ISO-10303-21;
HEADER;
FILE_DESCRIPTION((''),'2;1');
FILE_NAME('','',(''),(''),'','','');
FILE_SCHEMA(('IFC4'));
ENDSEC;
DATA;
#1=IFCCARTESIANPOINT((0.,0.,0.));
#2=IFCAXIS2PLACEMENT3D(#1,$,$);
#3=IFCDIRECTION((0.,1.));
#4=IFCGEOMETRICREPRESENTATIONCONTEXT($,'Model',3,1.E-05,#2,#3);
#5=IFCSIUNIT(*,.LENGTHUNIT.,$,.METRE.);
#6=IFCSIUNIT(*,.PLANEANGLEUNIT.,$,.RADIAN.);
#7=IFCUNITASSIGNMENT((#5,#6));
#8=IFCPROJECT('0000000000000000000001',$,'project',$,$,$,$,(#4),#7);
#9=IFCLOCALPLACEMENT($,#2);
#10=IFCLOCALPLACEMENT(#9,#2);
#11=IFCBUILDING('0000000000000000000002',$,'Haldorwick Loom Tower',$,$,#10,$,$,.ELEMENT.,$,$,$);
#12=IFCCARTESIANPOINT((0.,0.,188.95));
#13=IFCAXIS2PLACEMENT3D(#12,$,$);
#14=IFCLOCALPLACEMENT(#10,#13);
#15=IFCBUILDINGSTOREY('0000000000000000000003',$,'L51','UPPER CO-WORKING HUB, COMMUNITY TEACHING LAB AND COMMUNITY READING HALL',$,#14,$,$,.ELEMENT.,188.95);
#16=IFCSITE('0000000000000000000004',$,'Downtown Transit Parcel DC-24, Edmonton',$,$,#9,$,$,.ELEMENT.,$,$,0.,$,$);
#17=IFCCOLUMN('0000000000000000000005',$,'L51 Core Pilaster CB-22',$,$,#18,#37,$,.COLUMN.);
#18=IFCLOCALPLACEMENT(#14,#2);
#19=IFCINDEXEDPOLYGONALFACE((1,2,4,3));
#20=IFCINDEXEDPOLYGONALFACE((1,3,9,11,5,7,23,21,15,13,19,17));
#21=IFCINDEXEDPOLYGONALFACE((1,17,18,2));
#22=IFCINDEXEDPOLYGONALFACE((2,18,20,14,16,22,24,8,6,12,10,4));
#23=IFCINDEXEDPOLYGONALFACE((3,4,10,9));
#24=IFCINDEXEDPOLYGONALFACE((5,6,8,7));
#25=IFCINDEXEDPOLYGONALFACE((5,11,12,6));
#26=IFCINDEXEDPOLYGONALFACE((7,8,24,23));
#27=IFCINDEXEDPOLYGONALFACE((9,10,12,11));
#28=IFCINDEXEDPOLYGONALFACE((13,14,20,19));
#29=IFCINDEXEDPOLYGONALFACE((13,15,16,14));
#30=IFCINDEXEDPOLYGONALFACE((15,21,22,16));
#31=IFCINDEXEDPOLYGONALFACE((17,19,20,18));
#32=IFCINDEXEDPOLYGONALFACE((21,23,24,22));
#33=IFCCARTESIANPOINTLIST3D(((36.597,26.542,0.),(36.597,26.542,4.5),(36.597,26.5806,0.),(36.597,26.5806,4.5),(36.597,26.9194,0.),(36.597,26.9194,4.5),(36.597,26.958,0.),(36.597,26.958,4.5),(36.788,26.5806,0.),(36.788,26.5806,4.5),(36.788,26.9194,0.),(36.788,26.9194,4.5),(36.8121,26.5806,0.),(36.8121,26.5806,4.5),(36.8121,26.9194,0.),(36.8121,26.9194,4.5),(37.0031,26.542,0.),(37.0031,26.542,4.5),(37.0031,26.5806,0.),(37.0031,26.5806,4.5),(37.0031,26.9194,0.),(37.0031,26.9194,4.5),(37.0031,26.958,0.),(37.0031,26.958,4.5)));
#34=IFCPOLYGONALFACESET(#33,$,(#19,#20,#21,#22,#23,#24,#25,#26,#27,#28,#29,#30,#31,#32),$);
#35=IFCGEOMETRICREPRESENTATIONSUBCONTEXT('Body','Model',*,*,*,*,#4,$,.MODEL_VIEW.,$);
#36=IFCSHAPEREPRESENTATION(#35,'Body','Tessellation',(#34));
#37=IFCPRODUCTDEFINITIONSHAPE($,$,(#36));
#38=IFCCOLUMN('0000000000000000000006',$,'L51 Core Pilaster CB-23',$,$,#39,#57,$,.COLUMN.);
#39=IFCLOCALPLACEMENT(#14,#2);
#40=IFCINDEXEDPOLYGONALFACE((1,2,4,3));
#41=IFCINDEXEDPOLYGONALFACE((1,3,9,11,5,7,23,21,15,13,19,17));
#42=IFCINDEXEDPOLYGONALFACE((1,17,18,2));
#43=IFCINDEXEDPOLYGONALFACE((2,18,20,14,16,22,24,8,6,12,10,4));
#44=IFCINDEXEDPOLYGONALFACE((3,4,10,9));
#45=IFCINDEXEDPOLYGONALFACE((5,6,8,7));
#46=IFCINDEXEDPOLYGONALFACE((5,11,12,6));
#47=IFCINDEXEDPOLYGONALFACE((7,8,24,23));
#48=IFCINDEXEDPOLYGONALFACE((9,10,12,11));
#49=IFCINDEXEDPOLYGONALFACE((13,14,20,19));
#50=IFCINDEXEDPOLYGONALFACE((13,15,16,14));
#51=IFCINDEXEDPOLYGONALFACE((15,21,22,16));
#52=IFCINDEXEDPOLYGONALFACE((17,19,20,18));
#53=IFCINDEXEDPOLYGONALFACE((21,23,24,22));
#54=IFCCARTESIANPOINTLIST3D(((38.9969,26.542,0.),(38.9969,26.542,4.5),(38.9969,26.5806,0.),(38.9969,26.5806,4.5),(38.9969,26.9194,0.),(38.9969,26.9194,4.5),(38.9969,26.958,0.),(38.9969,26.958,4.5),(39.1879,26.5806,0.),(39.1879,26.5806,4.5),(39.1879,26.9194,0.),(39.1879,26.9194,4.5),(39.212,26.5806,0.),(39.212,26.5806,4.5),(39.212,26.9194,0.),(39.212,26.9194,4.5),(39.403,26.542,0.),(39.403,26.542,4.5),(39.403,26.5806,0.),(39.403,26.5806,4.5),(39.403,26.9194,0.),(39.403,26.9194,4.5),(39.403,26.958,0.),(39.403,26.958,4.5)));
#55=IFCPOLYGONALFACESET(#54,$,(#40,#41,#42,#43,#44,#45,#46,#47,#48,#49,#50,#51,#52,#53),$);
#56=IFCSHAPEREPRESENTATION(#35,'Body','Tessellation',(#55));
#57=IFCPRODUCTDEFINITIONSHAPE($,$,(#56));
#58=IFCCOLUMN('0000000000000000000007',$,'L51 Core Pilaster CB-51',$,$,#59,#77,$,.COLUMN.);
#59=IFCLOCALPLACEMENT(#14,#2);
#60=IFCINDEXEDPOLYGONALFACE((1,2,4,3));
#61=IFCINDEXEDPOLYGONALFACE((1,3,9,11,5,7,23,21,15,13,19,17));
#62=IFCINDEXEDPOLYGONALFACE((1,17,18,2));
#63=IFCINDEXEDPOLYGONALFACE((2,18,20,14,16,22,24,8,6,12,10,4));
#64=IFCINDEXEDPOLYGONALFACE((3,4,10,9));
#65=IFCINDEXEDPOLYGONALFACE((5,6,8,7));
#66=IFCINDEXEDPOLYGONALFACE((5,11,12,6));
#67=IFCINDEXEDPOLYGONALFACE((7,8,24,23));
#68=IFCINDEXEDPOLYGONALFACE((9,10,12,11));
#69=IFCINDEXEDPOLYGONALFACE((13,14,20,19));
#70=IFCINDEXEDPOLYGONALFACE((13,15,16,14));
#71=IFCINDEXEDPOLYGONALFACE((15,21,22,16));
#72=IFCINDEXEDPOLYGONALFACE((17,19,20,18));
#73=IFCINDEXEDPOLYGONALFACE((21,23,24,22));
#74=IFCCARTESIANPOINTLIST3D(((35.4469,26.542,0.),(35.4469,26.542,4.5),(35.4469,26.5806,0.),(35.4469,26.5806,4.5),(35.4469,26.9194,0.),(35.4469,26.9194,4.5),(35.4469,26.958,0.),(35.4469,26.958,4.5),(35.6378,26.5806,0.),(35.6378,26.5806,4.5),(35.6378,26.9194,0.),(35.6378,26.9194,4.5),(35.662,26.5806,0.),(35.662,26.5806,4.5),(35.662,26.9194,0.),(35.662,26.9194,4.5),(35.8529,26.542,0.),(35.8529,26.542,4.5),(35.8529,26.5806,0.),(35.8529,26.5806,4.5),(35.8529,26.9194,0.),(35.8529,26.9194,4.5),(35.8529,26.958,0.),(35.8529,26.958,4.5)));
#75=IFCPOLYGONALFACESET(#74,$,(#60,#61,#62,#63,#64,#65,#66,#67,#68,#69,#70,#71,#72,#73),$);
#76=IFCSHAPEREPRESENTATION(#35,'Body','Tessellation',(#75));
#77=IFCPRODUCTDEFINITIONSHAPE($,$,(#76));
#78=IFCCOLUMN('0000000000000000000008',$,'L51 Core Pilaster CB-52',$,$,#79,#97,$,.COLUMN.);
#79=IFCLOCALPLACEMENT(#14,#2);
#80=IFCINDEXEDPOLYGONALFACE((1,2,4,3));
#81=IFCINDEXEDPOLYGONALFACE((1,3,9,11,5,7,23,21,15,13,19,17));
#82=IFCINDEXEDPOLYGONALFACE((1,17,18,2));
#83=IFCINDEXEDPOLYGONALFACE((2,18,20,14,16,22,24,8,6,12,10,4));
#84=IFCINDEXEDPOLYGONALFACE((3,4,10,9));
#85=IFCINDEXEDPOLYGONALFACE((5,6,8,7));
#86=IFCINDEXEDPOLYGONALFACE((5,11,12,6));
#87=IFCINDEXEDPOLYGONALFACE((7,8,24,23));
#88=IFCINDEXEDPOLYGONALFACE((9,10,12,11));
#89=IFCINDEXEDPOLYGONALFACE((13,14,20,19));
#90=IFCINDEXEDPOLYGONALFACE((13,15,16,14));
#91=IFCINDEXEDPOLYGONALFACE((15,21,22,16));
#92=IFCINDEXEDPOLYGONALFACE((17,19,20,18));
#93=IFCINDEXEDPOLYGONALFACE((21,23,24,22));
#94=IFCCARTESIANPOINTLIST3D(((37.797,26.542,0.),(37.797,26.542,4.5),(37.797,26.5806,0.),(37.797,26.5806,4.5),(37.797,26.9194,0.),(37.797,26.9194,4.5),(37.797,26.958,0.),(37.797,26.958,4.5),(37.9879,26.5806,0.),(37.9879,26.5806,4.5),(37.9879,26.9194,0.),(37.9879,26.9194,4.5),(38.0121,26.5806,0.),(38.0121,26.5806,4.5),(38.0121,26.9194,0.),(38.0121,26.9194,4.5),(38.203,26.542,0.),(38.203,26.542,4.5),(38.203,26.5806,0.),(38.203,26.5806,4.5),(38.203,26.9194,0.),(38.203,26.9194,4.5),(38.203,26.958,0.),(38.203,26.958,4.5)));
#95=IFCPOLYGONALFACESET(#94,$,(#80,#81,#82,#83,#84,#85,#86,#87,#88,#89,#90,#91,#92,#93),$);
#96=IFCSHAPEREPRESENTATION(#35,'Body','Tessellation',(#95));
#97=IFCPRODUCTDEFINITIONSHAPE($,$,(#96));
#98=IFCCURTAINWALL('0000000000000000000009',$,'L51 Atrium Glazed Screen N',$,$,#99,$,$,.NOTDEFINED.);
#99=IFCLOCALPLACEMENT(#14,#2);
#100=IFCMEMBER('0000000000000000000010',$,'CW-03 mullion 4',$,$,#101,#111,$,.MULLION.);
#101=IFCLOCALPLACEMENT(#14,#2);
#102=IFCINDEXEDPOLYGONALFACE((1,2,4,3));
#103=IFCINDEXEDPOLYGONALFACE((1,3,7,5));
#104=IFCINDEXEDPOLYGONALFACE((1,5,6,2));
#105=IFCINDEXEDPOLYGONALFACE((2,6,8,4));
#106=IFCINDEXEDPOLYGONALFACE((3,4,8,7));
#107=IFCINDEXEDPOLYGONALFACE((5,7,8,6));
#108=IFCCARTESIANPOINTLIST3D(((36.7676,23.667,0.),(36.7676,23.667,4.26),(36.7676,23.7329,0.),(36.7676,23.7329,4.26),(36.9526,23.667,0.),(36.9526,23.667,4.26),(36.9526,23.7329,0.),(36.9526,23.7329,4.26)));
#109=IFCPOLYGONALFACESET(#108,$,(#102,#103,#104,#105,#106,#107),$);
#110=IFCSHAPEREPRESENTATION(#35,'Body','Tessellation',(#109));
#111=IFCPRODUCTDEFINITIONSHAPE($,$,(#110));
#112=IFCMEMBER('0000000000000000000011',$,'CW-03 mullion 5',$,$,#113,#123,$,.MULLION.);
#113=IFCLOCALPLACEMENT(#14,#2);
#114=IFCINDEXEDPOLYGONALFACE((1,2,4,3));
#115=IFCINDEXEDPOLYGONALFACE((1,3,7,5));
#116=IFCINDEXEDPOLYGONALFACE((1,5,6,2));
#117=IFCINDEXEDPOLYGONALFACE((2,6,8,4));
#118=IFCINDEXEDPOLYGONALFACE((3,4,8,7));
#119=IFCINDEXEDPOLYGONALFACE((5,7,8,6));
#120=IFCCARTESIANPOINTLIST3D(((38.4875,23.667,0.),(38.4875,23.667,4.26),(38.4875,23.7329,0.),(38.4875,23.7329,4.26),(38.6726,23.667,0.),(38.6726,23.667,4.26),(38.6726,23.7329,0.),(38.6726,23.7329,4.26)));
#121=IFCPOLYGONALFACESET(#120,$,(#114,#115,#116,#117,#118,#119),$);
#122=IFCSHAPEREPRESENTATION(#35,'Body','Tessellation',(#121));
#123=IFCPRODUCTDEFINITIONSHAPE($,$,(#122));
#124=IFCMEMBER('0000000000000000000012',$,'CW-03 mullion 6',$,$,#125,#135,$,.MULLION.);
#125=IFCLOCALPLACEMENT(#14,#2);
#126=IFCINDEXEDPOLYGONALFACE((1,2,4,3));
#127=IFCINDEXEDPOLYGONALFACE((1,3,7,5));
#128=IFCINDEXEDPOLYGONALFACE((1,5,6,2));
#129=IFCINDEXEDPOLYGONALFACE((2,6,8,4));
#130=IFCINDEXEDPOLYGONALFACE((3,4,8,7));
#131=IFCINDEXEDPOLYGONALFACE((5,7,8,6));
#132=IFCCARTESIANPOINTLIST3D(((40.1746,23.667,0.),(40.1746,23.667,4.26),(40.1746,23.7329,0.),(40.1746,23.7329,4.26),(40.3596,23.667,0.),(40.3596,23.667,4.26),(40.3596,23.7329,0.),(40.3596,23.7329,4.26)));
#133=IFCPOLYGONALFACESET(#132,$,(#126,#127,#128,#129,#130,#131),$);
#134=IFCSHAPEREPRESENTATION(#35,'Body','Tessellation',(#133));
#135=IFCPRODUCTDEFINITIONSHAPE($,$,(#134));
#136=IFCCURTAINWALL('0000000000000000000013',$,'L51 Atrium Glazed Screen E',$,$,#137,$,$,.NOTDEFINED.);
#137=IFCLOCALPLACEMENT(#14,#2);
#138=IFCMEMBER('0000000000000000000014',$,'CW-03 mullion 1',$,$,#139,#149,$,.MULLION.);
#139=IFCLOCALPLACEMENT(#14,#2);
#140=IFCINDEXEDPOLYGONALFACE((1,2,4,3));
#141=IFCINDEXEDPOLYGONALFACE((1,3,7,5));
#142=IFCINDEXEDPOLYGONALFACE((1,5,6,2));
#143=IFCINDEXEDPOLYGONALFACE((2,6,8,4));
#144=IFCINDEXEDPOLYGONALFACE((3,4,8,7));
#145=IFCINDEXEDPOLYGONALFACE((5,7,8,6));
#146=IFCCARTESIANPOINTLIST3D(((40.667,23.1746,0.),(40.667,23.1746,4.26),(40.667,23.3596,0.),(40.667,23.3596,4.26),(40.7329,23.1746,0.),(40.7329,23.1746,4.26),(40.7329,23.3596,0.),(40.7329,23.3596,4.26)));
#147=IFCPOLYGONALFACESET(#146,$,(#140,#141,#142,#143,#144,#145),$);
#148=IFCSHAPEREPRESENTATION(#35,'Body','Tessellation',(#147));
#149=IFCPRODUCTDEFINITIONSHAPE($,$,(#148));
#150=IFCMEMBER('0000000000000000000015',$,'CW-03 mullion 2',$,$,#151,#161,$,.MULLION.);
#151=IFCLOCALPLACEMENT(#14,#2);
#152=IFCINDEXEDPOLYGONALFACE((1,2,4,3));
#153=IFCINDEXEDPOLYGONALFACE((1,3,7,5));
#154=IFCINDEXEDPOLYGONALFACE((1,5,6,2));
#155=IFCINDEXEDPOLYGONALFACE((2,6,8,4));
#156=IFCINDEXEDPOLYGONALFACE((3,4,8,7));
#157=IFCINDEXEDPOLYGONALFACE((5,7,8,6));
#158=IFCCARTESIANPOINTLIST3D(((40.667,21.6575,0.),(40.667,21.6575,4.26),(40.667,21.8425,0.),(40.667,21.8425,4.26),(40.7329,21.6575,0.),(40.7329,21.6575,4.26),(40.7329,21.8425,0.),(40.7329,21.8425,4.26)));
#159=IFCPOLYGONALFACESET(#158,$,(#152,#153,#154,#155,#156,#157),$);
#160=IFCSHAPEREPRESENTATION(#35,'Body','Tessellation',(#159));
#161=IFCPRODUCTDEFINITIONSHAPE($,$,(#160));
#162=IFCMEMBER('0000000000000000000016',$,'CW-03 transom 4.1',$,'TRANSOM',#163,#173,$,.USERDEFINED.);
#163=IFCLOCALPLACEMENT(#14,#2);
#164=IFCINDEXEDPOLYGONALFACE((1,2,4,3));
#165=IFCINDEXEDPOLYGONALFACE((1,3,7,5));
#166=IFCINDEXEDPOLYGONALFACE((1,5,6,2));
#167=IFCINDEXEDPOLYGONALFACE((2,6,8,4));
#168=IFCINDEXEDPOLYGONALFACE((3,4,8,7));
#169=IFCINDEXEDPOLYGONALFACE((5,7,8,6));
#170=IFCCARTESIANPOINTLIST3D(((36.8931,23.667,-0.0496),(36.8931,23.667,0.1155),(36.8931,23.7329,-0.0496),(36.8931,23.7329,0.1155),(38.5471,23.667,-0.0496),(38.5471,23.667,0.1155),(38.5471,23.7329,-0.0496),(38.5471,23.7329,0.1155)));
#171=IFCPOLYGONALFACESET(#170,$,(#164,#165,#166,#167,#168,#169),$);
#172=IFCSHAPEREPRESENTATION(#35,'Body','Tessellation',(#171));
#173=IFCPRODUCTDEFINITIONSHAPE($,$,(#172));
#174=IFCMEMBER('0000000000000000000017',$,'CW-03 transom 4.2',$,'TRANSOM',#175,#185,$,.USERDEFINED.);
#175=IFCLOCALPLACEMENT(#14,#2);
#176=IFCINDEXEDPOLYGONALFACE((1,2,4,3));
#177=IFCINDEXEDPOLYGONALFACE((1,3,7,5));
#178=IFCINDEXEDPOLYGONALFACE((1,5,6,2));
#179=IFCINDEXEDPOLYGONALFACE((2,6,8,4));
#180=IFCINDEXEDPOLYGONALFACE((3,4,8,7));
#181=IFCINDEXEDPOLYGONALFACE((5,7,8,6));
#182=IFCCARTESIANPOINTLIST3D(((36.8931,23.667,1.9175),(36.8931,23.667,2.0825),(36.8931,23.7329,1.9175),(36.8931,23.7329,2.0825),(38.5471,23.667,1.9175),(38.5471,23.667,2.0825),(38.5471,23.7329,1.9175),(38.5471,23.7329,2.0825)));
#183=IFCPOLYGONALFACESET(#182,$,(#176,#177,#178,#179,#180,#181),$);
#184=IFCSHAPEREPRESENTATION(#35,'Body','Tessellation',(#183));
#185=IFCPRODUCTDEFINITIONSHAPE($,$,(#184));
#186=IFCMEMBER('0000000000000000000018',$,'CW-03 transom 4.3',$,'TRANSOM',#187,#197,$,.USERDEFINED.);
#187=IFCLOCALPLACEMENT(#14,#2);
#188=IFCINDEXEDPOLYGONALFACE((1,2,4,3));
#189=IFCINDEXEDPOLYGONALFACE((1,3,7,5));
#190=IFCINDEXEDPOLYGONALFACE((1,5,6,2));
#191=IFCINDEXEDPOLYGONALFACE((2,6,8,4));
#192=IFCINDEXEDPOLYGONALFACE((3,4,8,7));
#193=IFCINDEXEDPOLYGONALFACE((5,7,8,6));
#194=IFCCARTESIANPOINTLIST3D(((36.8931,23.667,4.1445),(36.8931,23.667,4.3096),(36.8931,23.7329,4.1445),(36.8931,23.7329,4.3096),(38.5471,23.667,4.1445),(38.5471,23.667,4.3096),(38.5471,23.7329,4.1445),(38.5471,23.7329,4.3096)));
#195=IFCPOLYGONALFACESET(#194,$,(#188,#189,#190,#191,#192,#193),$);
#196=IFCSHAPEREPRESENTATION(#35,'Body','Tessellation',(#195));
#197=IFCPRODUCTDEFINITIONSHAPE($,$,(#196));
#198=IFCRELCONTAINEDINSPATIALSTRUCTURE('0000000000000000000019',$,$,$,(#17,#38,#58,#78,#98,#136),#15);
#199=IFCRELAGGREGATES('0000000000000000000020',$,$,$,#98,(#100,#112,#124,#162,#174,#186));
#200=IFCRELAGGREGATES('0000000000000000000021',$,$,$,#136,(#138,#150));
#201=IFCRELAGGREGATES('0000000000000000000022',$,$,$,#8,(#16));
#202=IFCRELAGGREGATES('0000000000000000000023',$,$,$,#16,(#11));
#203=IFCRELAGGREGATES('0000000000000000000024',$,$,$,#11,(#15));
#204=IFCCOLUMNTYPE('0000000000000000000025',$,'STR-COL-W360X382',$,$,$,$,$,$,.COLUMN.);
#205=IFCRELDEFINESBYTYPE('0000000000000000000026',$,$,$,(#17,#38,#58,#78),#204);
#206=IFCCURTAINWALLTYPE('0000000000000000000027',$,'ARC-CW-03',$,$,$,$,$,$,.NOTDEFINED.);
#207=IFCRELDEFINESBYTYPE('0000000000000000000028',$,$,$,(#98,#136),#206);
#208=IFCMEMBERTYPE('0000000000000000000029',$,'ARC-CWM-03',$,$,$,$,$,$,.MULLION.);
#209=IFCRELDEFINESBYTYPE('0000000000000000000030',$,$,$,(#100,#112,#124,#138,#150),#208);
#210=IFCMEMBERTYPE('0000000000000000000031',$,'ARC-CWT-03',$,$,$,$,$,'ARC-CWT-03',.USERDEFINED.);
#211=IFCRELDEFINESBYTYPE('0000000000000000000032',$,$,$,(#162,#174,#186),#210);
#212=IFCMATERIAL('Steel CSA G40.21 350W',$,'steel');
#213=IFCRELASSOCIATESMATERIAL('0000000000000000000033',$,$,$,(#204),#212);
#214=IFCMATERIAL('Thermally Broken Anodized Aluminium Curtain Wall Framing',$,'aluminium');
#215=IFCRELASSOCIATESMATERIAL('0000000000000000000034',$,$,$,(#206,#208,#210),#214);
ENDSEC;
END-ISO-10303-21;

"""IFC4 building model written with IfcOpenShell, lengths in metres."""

from ifc_helpers import new_model, si_unit, direction, frame, origin, origin_2d, place, context, subcontext, project, spatial, rectangle, i_section, extrude, material, material_profile, profile_set, type_object, element, aggregate, save


model = new_model("IFC4")

# Units and contexts
model_context = context("Model", 3, precision=1e-05, world=origin(), true_north=direction((0.0, 1.0)))
body_context = subcontext(model_context, "Body", "Model", "MODEL_VIEW")
ifc_project = project(units=[si_unit("LENGTHUNIT", "METRE"), si_unit("PLANEANGLEUNIT", "RADIAN")], contexts=[model_context])

# Site, building, storey
site_placement = place(None, origin())
site = spatial("IfcSite", under=ifc_project, at=site_placement, Name="Downtown Transit Parcel DC-24, Edmonton", CompositionType="ELEMENT", RefElevation=0.0)
building_placement = place(site_placement, origin())
building = spatial("IfcBuilding", under=site, at=building_placement, Name="Haldorwick Loom Tower", CompositionType="ELEMENT")
storey_placement = place(building_placement, frame((0.0, 0.0, 188.95)))
storey = spatial("IfcBuildingStorey", under=building, at=storey_placement, Name="L51", Description="UPPER CO-WORKING HUB, COMMUNITY TEACHING LAB AND COMMUNITY READING HALL", CompositionType="ELEMENT", Elevation=188.95)

# Columns
ifc_material_1 = material(Name="Steel CSA G40.21 350W", Category="steel")
ifc_material_profile_1 = material_profile(ifc_material_1, i_section(OverallWidth=0.406, OverallDepth=0.416, WebThickness=0.0242, FlangeThickness=0.0386, at=origin_2d()), Name="W360X382", Category="steel")
ifc_profile_set_1 = profile_set([ifc_material_profile_1], Name="Steel CSA G40.21 350W")
column_type = type_object("IfcColumnType", Name="STR-COL-W360X382", PredefinedType="COLUMN", material=ifc_profile_set_1)
for number, where, z_axis, x_axis, name in (
    (1, (36.8, 26.75, 0.0), (0.0, 0.0, 1.0), (1.0, 0.0, 0.0), "L51 Core Pilaster CB-22"),
    (2, (39.2, 26.75, 0.0), (0.0, 0.0, 1.0), (1.0, 0.0, 0.0), "L51 Core Pilaster CB-23"),
    (3, (35.6499, 26.75, 0.0), (0.0, 0.0, 1.0), (1.0, 0.0, 0.0), "L51 Core Pilaster CB-51"),
    (4, (38.0, 26.75, 0.0), (0.0, 0.0, 1.0), (1.0, 0.0, 0.0), "L51 Core Pilaster CB-52"),
):
    element("IfcColumn", number, at=place(storey_placement, frame(where, z_axis=z_axis, x_axis=x_axis)), inside=storey, type_object=column_type, Name=name, PredefinedType="COLUMN", context=body_context, shape_type="SweptSolid", body=[
        extrude(i_section(OverallWidth=0.406, OverallDepth=0.416, WebThickness=0.0242, FlangeThickness=0.0386, at=origin_2d()), origin(), (0.0, 0.0, 1.0), 4.5),
    ])

# Curtain walls, members
ifc_material_2 = material(Name="Thermally Broken Anodized Aluminium Curtain Wall Framing", Category="aluminium")
curtain_wall_type = type_object("IfcCurtainWallType", Name="ARC-CW-03", PredefinedType="NOTDEFINED", material=ifc_material_2)
curtain_wall_1_placement = place(storey_placement, origin())
curtain_wall_1 = element("IfcCurtainWall", 5, at=curtain_wall_1_placement, inside=storey, type_object=curtain_wall_type, Name="L51 Atrium Glazed Screen N", PredefinedType="NOTDEFINED")
ifc_material_profile_2 = material_profile(ifc_material_2, rectangle(XDim=0.0659, YDim=0.1851, at=origin_2d()), Name="ALU_MUL_66X185", Category="aluminium")
ifc_profile_set_2 = profile_set([ifc_material_profile_2], Name="Thermally Broken Anodized Aluminium Curtain Wall Framing")
member_type_1 = type_object("IfcMemberType", Name="ARC-CWM-03", PredefinedType="MULLION", material=ifc_profile_set_2)
member_1_placement = place(storey_placement, frame((36.8601, 23.7, 0.0), z_axis=(0.0, 0.0, 1.0), x_axis=(0.0, 1.0, 0.0)))
member_1 = element("IfcMember", 6, at=member_1_placement, type_object=member_type_1, Name="CW-03 mullion 4", PredefinedType="MULLION", context=body_context, shape_type="SweptSolid", body=[
    extrude(rectangle(XDim=0.0659, YDim=0.1851, at=origin_2d()), origin(), (0.0, 0.0, 1.0), 4.26),
])
member_2_placement = place(storey_placement, frame((38.5801, 23.7, 0.0), z_axis=(0.0, 0.0, 1.0), x_axis=(0.0, 1.0, 0.0)))
member_2 = element("IfcMember", 7, at=member_2_placement, type_object=member_type_1, Name="CW-03 mullion 5", PredefinedType="MULLION", context=body_context, shape_type="SweptSolid", body=[
    extrude(rectangle(XDim=0.0659, YDim=0.1851, at=origin_2d()), origin(), (0.0, 0.0, 1.0), 4.26),
])
member_3_placement = place(storey_placement, frame((40.2671, 23.7, 0.0), z_axis=(0.0, 0.0, 1.0), x_axis=(0.0, 1.0, 0.0)))
member_3 = element("IfcMember", 8, at=member_3_placement, type_object=member_type_1, Name="CW-03 mullion 6", PredefinedType="MULLION", context=body_context, shape_type="SweptSolid", body=[
    extrude(rectangle(XDim=0.0659, YDim=0.1851, at=origin_2d()), origin(), (0.0, 0.0, 1.0), 4.26),
])
curtain_wall_2_placement = place(storey_placement, origin())
curtain_wall_2 = element("IfcCurtainWall", 9, at=curtain_wall_2_placement, inside=storey, type_object=curtain_wall_type, Name="L51 Atrium Glazed Screen E", PredefinedType="NOTDEFINED")
member_4_placement = place(storey_placement, frame((40.7, 23.2671, 0.0), z_axis=(0.0, 0.0, 1.0), x_axis=(1.0, 0.0, 0.0)))
member_4 = element("IfcMember", 10, at=member_4_placement, type_object=member_type_1, Name="CW-03 mullion 1", PredefinedType="MULLION", context=body_context, shape_type="SweptSolid", body=[
    extrude(rectangle(XDim=0.0659, YDim=0.1851, at=origin_2d()), origin(), (0.0, 0.0, 1.0), 4.26),
])
member_5_placement = place(storey_placement, frame((40.7, 21.75, 0.0), z_axis=(0.0, 0.0, 1.0), x_axis=(1.0, 0.0, 0.0)))
member_5 = element("IfcMember", 11, at=member_5_placement, type_object=member_type_1, Name="CW-03 mullion 2", PredefinedType="MULLION", context=body_context, shape_type="SweptSolid", body=[
    extrude(rectangle(XDim=0.0659, YDim=0.1851, at=origin_2d()), origin(), (0.0, 0.0, 1.0), 4.26),
])

# Members
ifc_material_profile_3 = material_profile(ifc_material_2, rectangle(XDim=0.0659, YDim=0.165, at=origin_2d()), Name="ALU_TRN_66X165", Category="aluminium")
ifc_profile_set_3 = profile_set([ifc_material_profile_3], Name="Thermally Broken Anodized Aluminium Curtain Wall Framing")
member_type_2 = type_object("IfcMemberType", Name="ARC-CWT-03", ElementType="ARC-CWT-03", PredefinedType="USERDEFINED", material=ifc_profile_set_3)
member_6_placement = place(storey_placement, frame((36.8931, 23.7, 0.033), z_axis=(1.0, 0.0, 0.0), x_axis=(0.0, 1.0, 0.0)))
member_6 = element("IfcMember", 12, at=member_6_placement, type_object=member_type_2, Name="CW-03 transom 4.1", ObjectType="TRANSOM", PredefinedType="USERDEFINED", context=body_context, shape_type="SweptSolid", body=[
    extrude(rectangle(XDim=0.0659, YDim=0.165, at=origin_2d()), origin(), (0.0, 0.0, 1.0), 1.6541),
])
member_7_placement = place(storey_placement, frame((36.8931, 23.7, 2.0), z_axis=(1.0, 0.0, 0.0), x_axis=(0.0, 1.0, 0.0)))
member_7 = element("IfcMember", 13, at=member_7_placement, type_object=member_type_2, Name="CW-03 transom 4.2", ObjectType="TRANSOM", PredefinedType="USERDEFINED", context=body_context, shape_type="SweptSolid", body=[
    extrude(rectangle(XDim=0.0659, YDim=0.165, at=origin_2d()), origin(), (0.0, 0.0, 1.0), 1.6541),
])
member_8_placement = place(storey_placement, frame((36.8931, 23.7, 4.2271), z_axis=(1.0, 0.0, 0.0), x_axis=(0.0, 1.0, 0.0)))
member_8 = element("IfcMember", 14, at=member_8_placement, type_object=member_type_2, Name="CW-03 transom 4.3", ObjectType="TRANSOM", PredefinedType="USERDEFINED", context=body_context, shape_type="SweptSolid", body=[
    extrude(rectangle(XDim=0.0659, YDim=0.165, at=origin_2d()), origin(), (0.0, 0.0, 1.0), 1.6541),
])

aggregate(curtain_wall_1, [member_1, member_2, member_3, member_6, member_7, member_8])
aggregate(curtain_wall_2, [member_4, member_5])

save(model, "model.ifc")
